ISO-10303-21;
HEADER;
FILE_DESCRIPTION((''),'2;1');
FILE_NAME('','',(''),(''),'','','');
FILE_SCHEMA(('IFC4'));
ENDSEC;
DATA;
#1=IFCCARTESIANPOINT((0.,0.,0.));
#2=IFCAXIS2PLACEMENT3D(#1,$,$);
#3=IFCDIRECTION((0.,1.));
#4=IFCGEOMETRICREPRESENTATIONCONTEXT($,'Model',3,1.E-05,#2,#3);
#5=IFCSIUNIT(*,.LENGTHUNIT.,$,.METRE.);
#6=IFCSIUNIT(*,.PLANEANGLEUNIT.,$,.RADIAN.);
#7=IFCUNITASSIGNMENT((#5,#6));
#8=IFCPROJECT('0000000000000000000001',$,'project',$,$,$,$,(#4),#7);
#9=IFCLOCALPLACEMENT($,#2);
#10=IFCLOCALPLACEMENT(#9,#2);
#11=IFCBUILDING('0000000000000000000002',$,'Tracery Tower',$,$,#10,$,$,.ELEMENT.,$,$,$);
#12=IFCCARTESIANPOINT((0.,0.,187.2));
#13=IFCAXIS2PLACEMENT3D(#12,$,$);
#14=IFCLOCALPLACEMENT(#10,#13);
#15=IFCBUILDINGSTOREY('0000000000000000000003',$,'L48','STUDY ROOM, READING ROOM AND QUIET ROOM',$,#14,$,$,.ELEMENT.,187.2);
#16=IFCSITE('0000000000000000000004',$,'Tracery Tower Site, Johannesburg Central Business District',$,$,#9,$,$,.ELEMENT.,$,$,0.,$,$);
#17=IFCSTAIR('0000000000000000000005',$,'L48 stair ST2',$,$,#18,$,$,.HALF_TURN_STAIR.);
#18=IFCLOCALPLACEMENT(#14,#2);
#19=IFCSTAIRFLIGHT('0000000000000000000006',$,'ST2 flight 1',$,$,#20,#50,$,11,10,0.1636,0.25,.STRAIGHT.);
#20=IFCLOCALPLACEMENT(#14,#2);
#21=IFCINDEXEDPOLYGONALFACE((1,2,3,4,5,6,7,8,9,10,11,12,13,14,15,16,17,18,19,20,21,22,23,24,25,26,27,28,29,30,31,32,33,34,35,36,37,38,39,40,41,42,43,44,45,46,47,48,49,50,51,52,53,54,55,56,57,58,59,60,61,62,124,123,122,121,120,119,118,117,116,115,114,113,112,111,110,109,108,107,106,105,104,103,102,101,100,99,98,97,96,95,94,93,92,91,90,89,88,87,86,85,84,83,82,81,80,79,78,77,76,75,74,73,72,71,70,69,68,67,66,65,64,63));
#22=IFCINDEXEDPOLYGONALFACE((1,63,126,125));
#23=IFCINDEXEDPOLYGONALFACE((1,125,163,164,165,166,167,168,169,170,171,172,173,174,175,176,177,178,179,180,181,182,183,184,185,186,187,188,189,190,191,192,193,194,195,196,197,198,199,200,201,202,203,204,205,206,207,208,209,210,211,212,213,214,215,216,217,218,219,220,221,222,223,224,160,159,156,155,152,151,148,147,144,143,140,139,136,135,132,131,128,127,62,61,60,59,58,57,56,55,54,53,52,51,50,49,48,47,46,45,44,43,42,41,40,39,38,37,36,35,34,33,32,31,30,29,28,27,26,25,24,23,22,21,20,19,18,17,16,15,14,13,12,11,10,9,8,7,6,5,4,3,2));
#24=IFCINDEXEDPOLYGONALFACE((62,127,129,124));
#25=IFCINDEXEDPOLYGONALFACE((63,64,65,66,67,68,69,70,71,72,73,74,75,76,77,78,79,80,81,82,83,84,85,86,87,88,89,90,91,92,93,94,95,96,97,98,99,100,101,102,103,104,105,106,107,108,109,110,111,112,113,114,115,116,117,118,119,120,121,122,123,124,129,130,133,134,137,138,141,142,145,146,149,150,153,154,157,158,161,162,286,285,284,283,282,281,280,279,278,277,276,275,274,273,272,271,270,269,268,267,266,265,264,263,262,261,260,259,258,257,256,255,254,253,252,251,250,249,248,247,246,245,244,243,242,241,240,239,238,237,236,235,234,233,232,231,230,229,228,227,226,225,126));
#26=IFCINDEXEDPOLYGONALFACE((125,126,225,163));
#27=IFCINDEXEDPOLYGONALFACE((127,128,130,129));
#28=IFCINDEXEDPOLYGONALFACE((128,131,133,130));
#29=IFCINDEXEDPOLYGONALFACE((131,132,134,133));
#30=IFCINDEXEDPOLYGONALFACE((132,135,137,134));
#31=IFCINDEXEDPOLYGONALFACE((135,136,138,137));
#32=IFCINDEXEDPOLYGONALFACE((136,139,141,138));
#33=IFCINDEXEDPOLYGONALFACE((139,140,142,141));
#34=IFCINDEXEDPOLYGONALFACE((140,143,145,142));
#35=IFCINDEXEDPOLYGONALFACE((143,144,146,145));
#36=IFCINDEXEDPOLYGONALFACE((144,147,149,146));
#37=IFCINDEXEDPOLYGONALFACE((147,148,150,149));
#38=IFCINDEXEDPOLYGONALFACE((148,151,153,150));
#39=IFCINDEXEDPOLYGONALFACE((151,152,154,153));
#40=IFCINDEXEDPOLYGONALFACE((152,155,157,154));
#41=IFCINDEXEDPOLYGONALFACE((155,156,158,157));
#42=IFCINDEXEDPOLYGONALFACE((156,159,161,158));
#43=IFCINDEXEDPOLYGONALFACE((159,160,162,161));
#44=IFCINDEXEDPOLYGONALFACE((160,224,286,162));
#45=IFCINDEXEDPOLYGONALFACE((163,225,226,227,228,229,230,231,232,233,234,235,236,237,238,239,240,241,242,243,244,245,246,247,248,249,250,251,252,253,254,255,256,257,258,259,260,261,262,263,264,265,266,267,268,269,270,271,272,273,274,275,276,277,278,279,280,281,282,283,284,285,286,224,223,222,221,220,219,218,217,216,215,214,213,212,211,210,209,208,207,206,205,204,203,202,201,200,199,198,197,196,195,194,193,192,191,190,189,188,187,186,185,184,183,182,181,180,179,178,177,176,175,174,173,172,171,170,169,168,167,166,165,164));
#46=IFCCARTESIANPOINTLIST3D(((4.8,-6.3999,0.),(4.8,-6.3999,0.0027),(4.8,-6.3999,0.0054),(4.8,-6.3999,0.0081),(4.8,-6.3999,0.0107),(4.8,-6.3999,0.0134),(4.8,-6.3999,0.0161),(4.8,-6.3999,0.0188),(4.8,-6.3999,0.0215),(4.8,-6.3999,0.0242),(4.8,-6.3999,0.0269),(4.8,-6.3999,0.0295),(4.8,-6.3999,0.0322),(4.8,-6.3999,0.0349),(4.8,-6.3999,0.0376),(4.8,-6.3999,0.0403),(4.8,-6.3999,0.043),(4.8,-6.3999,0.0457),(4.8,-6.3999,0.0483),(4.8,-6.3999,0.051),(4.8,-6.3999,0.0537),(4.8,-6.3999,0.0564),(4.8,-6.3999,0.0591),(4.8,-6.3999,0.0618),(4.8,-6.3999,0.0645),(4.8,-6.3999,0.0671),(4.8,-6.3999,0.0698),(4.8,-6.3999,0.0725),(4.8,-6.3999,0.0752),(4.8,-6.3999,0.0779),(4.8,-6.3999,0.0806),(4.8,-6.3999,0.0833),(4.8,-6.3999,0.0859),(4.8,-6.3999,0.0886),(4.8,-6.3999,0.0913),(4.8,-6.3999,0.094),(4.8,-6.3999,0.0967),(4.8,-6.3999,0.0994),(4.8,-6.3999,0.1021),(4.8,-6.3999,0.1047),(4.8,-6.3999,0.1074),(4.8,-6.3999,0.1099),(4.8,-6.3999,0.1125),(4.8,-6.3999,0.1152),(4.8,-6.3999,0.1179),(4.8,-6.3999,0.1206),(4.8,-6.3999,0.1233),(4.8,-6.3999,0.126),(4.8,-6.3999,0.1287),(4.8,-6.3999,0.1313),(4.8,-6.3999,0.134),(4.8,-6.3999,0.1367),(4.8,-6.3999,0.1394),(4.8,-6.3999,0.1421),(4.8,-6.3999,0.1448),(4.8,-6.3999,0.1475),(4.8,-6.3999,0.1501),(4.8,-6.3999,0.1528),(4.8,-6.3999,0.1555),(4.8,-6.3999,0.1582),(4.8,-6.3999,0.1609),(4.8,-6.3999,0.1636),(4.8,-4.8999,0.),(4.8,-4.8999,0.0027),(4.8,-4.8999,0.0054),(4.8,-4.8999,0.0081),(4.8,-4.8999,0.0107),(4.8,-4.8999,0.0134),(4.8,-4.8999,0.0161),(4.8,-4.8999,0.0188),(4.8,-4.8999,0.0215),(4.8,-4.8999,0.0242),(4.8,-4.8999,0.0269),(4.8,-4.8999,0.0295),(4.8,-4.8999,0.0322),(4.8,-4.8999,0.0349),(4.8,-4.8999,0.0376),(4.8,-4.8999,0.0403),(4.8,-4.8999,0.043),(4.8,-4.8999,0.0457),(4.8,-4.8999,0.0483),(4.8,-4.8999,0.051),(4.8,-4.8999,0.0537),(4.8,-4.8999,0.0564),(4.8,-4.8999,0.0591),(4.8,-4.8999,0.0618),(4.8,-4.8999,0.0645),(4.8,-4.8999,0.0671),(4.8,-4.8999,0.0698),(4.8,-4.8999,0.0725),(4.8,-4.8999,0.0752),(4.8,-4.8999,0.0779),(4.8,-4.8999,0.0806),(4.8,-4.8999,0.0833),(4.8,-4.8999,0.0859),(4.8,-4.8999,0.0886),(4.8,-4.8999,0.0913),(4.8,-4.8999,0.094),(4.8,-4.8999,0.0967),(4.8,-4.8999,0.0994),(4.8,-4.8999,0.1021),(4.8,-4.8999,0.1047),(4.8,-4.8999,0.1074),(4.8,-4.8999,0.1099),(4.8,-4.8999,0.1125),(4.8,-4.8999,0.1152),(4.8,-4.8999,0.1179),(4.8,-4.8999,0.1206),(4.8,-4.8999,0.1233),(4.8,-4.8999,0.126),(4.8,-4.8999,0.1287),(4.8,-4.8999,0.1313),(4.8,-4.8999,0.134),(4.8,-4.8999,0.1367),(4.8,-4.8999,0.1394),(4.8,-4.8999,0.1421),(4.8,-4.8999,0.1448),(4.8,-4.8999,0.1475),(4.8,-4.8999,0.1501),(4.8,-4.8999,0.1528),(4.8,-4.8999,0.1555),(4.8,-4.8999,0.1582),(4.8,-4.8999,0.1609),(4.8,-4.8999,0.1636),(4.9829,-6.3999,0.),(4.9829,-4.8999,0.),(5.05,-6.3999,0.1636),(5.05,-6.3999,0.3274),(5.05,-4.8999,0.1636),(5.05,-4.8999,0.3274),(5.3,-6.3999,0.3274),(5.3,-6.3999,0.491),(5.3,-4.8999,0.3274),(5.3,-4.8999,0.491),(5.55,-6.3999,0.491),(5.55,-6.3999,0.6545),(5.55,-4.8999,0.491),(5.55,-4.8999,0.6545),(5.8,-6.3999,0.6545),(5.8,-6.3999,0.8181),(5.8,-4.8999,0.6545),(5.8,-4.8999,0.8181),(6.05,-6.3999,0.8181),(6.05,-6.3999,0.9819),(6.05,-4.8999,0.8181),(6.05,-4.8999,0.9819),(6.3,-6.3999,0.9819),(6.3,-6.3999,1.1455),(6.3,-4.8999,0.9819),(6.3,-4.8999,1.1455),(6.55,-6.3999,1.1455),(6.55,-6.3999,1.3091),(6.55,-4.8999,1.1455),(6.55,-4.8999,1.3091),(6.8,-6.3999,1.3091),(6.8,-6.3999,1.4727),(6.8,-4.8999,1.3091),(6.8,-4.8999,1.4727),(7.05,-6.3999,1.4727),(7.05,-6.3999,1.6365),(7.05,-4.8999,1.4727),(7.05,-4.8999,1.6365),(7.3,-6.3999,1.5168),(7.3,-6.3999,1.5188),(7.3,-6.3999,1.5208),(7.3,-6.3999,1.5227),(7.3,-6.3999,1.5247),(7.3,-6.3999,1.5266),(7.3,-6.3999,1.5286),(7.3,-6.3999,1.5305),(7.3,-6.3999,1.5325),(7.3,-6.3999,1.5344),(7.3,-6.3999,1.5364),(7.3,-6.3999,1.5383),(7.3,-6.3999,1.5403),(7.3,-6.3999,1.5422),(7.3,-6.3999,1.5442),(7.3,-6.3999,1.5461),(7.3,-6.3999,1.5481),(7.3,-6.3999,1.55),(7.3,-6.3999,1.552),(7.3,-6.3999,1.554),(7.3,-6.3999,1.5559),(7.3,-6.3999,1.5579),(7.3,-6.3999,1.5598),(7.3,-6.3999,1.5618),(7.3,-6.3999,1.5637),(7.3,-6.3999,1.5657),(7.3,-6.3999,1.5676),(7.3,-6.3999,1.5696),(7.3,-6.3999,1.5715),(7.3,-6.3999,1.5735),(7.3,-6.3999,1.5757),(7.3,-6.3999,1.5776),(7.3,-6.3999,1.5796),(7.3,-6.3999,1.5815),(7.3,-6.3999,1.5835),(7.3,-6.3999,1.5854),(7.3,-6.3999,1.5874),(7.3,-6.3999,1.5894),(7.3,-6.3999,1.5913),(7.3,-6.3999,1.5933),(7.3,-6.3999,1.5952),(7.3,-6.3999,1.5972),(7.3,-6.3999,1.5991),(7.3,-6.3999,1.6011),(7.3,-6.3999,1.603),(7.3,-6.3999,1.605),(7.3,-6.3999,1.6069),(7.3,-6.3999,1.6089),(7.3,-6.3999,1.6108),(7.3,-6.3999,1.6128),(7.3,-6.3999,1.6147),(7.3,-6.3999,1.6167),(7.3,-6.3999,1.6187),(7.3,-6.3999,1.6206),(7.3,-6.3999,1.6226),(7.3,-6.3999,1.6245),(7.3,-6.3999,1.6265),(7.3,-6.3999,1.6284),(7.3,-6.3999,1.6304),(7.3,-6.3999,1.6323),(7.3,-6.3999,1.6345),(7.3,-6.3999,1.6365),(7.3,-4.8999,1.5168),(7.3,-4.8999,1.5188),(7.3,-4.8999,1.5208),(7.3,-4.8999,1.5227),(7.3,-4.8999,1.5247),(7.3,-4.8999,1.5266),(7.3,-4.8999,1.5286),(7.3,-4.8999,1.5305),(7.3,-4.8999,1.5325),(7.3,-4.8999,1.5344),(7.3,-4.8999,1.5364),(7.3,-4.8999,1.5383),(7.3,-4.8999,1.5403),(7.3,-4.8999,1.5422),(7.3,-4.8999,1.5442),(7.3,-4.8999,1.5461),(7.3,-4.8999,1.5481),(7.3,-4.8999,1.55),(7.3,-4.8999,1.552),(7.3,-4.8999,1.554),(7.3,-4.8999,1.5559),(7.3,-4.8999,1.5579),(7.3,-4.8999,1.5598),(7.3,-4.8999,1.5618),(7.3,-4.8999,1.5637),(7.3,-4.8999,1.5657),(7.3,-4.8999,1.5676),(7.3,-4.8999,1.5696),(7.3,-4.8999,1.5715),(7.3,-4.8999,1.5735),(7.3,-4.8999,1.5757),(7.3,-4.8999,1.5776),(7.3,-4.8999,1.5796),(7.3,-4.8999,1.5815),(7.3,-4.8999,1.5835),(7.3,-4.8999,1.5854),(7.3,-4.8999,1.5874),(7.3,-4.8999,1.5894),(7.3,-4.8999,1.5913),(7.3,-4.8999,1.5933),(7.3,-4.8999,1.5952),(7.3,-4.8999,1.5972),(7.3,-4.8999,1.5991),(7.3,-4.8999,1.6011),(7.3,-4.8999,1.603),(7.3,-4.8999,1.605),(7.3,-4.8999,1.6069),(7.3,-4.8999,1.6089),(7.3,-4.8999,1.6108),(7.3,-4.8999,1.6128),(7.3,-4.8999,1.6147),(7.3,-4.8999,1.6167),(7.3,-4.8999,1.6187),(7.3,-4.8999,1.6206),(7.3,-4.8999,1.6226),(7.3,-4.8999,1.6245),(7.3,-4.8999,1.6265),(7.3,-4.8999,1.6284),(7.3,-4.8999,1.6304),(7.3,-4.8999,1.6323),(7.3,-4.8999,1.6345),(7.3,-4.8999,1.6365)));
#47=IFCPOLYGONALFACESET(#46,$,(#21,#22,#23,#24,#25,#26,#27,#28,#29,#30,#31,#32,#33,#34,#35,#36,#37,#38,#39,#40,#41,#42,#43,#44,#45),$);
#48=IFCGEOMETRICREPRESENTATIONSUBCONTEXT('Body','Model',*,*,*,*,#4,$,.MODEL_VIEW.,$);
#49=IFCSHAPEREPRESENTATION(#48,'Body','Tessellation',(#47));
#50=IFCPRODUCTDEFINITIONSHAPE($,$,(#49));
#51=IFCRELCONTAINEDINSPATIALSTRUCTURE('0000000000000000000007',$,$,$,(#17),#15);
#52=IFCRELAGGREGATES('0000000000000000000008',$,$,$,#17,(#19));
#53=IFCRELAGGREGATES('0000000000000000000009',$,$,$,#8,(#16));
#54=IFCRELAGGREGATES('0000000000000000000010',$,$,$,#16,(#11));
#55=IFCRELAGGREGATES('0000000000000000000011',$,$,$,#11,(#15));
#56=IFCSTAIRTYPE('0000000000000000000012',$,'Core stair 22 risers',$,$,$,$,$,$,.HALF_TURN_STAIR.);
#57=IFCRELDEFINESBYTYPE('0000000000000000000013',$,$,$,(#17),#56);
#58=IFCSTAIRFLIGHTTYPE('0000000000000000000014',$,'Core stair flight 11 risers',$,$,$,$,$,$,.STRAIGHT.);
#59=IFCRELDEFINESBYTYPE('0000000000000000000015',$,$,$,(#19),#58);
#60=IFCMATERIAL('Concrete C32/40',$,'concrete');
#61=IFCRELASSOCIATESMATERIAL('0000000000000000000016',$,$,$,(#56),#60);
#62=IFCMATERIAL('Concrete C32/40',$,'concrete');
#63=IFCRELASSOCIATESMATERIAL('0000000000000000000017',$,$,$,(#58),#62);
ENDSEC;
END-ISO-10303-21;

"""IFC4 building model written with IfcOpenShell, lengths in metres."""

from ifc_helpers import new_model, si_unit, direction, frame, origin, place, context, subcontext, project, spatial, polyline, outline, extrude, material, type_object, element, aggregate, save


model = new_model("IFC4")

# Units and contexts
model_context = context("Model", 3, precision=1e-05, world=origin(), true_north=direction((0.0, 1.0)))
body_context = subcontext(model_context, "Body", "Model", "MODEL_VIEW")
ifc_project = project(units=[si_unit("LENGTHUNIT", "METRE"), si_unit("PLANEANGLEUNIT", "RADIAN")], contexts=[model_context])

# Site, building, storey
site_placement = place(None, origin())
site = spatial("IfcSite", under=ifc_project, at=site_placement, Name="Tracery Tower Site, Johannesburg Central Business District", CompositionType="ELEMENT", RefElevation=0.0)
building_placement = place(site_placement, origin())
building = spatial("IfcBuilding", under=site, at=building_placement, Name="Tracery Tower", CompositionType="ELEMENT")
storey_placement = place(building_placement, frame((0.0, 0.0, 187.2)))
storey = spatial("IfcBuildingStorey", under=building, at=storey_placement, Name="L48", Description="STUDY ROOM, READING ROOM AND QUIET ROOM", CompositionType="ELEMENT", Elevation=187.2)

# Stair, stair flight
ifc_material_1 = material(Name="Concrete C32/40", Category="concrete")
stair_type = type_object("IfcStairType", Name="Core stair 22 risers", PredefinedType="HALF_TURN_STAIR", material=ifc_material_1)
stair_placement = place(storey_placement, origin())
stair = element("IfcStair", 1, at=stair_placement, inside=storey, type_object=stair_type, Name="L48 stair ST2", PredefinedType="HALF_TURN_STAIR")
ifc_material_2 = material(Name="Concrete C32/40", Category="concrete")
stair_flight_type = type_object("IfcStairFlightType", Name="Core stair flight 11 risers", PredefinedType="STRAIGHT", material=ifc_material_2)
stair_flight_1_placement = place(storey_placement, frame((4.8, -5.6499, 0.0), z_axis=(0.0, 0.0, 1.0), x_axis=(1.0, 0.0, 0.0)))
stair_flight_1 = element("IfcStairFlight", 2, at=stair_flight_1_placement, type_object=stair_flight_type, Name="ST2 flight 1", NumberOfRisers=11, NumberOfTreads=10, PredefinedType="STRAIGHT", RiserHeight=0.1636, TreadLength=0.25, context=body_context, shape_type="SweptSolid", body=[
    extrude(outline(polyline([(0.0, 0.0), (0.0, 0.0027), (0.0, 0.0054), (0.0, 0.0081), (0.0, 0.0107), (0.0, 0.0134), (0.0, 0.0161), (0.0, 0.0188), (0.0, 0.0215), (0.0, 0.0242), (0.0, 0.0269), (0.0, 0.0295), (0.0, 0.0322), (0.0, 0.0349), (0.0, 0.0376), (0.0, 0.0403), (0.0, 0.043), (0.0, 0.0457), (0.0, 0.0483), (0.0, 0.051), (0.0, 0.0537), (0.0, 0.0564), (0.0, 0.0591), (0.0, 0.0618), (0.0, 0.0645), (0.0, 0.0671), (0.0, 0.0698), (0.0, 0.0725), (0.0, 0.0752), (0.0, 0.0779), (0.0, 0.0806), (0.0, 0.0833), (0.0, 0.0859), (0.0, 0.0886), (0.0, 0.0913), (0.0, 0.094), (0.0, 0.0967), (0.0, 0.0994), (0.0, 0.1021), (0.0, 0.1047), (0.0, 0.1074), (0.0, 0.1099), (0.0, 0.1125), (0.0, 0.1152), (0.0, 0.1179), (0.0, 0.1206), (0.0, 0.1233), (0.0, 0.126), (0.0, 0.1287), (0.0, 0.1313), (0.0, 0.134), (0.0, 0.1367), (0.0, 0.1394), (0.0, 0.1421), (0.0, 0.1448), (0.0, 0.1475), (0.0, 0.1501), (0.0, 0.1528), (0.0, 0.1555), (0.0, 0.1582), (0.0, 0.1609), (0.0, 0.1636), (0.25, 0.1636), (0.25, 0.3274), (0.5, 0.3274), (0.5, 0.491), (0.75, 0.491), (0.75, 0.6545), (1.0, 0.6545), (1.0, 0.8181), (1.25, 0.8181), (1.25, 0.9819), (1.5, 0.9819), (1.5, 1.1455), (1.75, 1.1455), (1.75, 1.3091), (2.0, 1.3091), (2.0, 1.4727), (2.25, 1.4727), (2.25, 1.6365), (2.5, 1.6365), (2.5, 1.6345), (2.5, 1.6323), (2.5, 1.6304), (2.5, 1.6284), (2.5, 1.6265), (2.5, 1.6245), (2.5, 1.6226), (2.5, 1.6206), (2.5, 1.6187), (2.5, 1.6167), (2.5, 1.6147), (2.5, 1.6128), (2.5, 1.6108), (2.5, 1.6089), (2.5, 1.6069), (2.5, 1.605), (2.5, 1.603), (2.5, 1.6011), (2.5, 1.5991), (2.5, 1.5972), (2.5, 1.5952), (2.5, 1.5933), (2.5, 1.5913), (2.5, 1.5894), (2.5, 1.5874), (2.5, 1.5854), (2.5, 1.5835), (2.5, 1.5815), (2.5, 1.5796), (2.5, 1.5776), (2.5, 1.5757), (2.5, 1.5735), (2.5, 1.5715), (2.5, 1.5696), (2.5, 1.5676), (2.5, 1.5657), (2.5, 1.5637), (2.5, 1.5618), (2.5, 1.5598), (2.5, 1.5579), (2.5, 1.5559), (2.5, 1.554), (2.5, 1.552), (2.5, 1.55), (2.5, 1.5481), (2.5, 1.5461), (2.5, 1.5442), (2.5, 1.5422), (2.5, 1.5403), (2.5, 1.5383), (2.5, 1.5364), (2.5, 1.5344), (2.5, 1.5325), (2.5, 1.5305), (2.5, 1.5286), (2.5, 1.5266), (2.5, 1.5247), (2.5, 1.5227), (2.5, 1.5208), (2.5, 1.5188), (2.5, 1.5168), (0.1829, 0.0), (0.0, 0.0)])), frame((0.0, 0.75, 0.0), z_axis=(0.0, -1.0, 0.0), x_axis=(1.0, 0.0, 0.0)), (0.0, 0.0, 1.0), 1.5),
])
aggregate(stair, [stair_flight_1])

save(model, "model.ifc")
